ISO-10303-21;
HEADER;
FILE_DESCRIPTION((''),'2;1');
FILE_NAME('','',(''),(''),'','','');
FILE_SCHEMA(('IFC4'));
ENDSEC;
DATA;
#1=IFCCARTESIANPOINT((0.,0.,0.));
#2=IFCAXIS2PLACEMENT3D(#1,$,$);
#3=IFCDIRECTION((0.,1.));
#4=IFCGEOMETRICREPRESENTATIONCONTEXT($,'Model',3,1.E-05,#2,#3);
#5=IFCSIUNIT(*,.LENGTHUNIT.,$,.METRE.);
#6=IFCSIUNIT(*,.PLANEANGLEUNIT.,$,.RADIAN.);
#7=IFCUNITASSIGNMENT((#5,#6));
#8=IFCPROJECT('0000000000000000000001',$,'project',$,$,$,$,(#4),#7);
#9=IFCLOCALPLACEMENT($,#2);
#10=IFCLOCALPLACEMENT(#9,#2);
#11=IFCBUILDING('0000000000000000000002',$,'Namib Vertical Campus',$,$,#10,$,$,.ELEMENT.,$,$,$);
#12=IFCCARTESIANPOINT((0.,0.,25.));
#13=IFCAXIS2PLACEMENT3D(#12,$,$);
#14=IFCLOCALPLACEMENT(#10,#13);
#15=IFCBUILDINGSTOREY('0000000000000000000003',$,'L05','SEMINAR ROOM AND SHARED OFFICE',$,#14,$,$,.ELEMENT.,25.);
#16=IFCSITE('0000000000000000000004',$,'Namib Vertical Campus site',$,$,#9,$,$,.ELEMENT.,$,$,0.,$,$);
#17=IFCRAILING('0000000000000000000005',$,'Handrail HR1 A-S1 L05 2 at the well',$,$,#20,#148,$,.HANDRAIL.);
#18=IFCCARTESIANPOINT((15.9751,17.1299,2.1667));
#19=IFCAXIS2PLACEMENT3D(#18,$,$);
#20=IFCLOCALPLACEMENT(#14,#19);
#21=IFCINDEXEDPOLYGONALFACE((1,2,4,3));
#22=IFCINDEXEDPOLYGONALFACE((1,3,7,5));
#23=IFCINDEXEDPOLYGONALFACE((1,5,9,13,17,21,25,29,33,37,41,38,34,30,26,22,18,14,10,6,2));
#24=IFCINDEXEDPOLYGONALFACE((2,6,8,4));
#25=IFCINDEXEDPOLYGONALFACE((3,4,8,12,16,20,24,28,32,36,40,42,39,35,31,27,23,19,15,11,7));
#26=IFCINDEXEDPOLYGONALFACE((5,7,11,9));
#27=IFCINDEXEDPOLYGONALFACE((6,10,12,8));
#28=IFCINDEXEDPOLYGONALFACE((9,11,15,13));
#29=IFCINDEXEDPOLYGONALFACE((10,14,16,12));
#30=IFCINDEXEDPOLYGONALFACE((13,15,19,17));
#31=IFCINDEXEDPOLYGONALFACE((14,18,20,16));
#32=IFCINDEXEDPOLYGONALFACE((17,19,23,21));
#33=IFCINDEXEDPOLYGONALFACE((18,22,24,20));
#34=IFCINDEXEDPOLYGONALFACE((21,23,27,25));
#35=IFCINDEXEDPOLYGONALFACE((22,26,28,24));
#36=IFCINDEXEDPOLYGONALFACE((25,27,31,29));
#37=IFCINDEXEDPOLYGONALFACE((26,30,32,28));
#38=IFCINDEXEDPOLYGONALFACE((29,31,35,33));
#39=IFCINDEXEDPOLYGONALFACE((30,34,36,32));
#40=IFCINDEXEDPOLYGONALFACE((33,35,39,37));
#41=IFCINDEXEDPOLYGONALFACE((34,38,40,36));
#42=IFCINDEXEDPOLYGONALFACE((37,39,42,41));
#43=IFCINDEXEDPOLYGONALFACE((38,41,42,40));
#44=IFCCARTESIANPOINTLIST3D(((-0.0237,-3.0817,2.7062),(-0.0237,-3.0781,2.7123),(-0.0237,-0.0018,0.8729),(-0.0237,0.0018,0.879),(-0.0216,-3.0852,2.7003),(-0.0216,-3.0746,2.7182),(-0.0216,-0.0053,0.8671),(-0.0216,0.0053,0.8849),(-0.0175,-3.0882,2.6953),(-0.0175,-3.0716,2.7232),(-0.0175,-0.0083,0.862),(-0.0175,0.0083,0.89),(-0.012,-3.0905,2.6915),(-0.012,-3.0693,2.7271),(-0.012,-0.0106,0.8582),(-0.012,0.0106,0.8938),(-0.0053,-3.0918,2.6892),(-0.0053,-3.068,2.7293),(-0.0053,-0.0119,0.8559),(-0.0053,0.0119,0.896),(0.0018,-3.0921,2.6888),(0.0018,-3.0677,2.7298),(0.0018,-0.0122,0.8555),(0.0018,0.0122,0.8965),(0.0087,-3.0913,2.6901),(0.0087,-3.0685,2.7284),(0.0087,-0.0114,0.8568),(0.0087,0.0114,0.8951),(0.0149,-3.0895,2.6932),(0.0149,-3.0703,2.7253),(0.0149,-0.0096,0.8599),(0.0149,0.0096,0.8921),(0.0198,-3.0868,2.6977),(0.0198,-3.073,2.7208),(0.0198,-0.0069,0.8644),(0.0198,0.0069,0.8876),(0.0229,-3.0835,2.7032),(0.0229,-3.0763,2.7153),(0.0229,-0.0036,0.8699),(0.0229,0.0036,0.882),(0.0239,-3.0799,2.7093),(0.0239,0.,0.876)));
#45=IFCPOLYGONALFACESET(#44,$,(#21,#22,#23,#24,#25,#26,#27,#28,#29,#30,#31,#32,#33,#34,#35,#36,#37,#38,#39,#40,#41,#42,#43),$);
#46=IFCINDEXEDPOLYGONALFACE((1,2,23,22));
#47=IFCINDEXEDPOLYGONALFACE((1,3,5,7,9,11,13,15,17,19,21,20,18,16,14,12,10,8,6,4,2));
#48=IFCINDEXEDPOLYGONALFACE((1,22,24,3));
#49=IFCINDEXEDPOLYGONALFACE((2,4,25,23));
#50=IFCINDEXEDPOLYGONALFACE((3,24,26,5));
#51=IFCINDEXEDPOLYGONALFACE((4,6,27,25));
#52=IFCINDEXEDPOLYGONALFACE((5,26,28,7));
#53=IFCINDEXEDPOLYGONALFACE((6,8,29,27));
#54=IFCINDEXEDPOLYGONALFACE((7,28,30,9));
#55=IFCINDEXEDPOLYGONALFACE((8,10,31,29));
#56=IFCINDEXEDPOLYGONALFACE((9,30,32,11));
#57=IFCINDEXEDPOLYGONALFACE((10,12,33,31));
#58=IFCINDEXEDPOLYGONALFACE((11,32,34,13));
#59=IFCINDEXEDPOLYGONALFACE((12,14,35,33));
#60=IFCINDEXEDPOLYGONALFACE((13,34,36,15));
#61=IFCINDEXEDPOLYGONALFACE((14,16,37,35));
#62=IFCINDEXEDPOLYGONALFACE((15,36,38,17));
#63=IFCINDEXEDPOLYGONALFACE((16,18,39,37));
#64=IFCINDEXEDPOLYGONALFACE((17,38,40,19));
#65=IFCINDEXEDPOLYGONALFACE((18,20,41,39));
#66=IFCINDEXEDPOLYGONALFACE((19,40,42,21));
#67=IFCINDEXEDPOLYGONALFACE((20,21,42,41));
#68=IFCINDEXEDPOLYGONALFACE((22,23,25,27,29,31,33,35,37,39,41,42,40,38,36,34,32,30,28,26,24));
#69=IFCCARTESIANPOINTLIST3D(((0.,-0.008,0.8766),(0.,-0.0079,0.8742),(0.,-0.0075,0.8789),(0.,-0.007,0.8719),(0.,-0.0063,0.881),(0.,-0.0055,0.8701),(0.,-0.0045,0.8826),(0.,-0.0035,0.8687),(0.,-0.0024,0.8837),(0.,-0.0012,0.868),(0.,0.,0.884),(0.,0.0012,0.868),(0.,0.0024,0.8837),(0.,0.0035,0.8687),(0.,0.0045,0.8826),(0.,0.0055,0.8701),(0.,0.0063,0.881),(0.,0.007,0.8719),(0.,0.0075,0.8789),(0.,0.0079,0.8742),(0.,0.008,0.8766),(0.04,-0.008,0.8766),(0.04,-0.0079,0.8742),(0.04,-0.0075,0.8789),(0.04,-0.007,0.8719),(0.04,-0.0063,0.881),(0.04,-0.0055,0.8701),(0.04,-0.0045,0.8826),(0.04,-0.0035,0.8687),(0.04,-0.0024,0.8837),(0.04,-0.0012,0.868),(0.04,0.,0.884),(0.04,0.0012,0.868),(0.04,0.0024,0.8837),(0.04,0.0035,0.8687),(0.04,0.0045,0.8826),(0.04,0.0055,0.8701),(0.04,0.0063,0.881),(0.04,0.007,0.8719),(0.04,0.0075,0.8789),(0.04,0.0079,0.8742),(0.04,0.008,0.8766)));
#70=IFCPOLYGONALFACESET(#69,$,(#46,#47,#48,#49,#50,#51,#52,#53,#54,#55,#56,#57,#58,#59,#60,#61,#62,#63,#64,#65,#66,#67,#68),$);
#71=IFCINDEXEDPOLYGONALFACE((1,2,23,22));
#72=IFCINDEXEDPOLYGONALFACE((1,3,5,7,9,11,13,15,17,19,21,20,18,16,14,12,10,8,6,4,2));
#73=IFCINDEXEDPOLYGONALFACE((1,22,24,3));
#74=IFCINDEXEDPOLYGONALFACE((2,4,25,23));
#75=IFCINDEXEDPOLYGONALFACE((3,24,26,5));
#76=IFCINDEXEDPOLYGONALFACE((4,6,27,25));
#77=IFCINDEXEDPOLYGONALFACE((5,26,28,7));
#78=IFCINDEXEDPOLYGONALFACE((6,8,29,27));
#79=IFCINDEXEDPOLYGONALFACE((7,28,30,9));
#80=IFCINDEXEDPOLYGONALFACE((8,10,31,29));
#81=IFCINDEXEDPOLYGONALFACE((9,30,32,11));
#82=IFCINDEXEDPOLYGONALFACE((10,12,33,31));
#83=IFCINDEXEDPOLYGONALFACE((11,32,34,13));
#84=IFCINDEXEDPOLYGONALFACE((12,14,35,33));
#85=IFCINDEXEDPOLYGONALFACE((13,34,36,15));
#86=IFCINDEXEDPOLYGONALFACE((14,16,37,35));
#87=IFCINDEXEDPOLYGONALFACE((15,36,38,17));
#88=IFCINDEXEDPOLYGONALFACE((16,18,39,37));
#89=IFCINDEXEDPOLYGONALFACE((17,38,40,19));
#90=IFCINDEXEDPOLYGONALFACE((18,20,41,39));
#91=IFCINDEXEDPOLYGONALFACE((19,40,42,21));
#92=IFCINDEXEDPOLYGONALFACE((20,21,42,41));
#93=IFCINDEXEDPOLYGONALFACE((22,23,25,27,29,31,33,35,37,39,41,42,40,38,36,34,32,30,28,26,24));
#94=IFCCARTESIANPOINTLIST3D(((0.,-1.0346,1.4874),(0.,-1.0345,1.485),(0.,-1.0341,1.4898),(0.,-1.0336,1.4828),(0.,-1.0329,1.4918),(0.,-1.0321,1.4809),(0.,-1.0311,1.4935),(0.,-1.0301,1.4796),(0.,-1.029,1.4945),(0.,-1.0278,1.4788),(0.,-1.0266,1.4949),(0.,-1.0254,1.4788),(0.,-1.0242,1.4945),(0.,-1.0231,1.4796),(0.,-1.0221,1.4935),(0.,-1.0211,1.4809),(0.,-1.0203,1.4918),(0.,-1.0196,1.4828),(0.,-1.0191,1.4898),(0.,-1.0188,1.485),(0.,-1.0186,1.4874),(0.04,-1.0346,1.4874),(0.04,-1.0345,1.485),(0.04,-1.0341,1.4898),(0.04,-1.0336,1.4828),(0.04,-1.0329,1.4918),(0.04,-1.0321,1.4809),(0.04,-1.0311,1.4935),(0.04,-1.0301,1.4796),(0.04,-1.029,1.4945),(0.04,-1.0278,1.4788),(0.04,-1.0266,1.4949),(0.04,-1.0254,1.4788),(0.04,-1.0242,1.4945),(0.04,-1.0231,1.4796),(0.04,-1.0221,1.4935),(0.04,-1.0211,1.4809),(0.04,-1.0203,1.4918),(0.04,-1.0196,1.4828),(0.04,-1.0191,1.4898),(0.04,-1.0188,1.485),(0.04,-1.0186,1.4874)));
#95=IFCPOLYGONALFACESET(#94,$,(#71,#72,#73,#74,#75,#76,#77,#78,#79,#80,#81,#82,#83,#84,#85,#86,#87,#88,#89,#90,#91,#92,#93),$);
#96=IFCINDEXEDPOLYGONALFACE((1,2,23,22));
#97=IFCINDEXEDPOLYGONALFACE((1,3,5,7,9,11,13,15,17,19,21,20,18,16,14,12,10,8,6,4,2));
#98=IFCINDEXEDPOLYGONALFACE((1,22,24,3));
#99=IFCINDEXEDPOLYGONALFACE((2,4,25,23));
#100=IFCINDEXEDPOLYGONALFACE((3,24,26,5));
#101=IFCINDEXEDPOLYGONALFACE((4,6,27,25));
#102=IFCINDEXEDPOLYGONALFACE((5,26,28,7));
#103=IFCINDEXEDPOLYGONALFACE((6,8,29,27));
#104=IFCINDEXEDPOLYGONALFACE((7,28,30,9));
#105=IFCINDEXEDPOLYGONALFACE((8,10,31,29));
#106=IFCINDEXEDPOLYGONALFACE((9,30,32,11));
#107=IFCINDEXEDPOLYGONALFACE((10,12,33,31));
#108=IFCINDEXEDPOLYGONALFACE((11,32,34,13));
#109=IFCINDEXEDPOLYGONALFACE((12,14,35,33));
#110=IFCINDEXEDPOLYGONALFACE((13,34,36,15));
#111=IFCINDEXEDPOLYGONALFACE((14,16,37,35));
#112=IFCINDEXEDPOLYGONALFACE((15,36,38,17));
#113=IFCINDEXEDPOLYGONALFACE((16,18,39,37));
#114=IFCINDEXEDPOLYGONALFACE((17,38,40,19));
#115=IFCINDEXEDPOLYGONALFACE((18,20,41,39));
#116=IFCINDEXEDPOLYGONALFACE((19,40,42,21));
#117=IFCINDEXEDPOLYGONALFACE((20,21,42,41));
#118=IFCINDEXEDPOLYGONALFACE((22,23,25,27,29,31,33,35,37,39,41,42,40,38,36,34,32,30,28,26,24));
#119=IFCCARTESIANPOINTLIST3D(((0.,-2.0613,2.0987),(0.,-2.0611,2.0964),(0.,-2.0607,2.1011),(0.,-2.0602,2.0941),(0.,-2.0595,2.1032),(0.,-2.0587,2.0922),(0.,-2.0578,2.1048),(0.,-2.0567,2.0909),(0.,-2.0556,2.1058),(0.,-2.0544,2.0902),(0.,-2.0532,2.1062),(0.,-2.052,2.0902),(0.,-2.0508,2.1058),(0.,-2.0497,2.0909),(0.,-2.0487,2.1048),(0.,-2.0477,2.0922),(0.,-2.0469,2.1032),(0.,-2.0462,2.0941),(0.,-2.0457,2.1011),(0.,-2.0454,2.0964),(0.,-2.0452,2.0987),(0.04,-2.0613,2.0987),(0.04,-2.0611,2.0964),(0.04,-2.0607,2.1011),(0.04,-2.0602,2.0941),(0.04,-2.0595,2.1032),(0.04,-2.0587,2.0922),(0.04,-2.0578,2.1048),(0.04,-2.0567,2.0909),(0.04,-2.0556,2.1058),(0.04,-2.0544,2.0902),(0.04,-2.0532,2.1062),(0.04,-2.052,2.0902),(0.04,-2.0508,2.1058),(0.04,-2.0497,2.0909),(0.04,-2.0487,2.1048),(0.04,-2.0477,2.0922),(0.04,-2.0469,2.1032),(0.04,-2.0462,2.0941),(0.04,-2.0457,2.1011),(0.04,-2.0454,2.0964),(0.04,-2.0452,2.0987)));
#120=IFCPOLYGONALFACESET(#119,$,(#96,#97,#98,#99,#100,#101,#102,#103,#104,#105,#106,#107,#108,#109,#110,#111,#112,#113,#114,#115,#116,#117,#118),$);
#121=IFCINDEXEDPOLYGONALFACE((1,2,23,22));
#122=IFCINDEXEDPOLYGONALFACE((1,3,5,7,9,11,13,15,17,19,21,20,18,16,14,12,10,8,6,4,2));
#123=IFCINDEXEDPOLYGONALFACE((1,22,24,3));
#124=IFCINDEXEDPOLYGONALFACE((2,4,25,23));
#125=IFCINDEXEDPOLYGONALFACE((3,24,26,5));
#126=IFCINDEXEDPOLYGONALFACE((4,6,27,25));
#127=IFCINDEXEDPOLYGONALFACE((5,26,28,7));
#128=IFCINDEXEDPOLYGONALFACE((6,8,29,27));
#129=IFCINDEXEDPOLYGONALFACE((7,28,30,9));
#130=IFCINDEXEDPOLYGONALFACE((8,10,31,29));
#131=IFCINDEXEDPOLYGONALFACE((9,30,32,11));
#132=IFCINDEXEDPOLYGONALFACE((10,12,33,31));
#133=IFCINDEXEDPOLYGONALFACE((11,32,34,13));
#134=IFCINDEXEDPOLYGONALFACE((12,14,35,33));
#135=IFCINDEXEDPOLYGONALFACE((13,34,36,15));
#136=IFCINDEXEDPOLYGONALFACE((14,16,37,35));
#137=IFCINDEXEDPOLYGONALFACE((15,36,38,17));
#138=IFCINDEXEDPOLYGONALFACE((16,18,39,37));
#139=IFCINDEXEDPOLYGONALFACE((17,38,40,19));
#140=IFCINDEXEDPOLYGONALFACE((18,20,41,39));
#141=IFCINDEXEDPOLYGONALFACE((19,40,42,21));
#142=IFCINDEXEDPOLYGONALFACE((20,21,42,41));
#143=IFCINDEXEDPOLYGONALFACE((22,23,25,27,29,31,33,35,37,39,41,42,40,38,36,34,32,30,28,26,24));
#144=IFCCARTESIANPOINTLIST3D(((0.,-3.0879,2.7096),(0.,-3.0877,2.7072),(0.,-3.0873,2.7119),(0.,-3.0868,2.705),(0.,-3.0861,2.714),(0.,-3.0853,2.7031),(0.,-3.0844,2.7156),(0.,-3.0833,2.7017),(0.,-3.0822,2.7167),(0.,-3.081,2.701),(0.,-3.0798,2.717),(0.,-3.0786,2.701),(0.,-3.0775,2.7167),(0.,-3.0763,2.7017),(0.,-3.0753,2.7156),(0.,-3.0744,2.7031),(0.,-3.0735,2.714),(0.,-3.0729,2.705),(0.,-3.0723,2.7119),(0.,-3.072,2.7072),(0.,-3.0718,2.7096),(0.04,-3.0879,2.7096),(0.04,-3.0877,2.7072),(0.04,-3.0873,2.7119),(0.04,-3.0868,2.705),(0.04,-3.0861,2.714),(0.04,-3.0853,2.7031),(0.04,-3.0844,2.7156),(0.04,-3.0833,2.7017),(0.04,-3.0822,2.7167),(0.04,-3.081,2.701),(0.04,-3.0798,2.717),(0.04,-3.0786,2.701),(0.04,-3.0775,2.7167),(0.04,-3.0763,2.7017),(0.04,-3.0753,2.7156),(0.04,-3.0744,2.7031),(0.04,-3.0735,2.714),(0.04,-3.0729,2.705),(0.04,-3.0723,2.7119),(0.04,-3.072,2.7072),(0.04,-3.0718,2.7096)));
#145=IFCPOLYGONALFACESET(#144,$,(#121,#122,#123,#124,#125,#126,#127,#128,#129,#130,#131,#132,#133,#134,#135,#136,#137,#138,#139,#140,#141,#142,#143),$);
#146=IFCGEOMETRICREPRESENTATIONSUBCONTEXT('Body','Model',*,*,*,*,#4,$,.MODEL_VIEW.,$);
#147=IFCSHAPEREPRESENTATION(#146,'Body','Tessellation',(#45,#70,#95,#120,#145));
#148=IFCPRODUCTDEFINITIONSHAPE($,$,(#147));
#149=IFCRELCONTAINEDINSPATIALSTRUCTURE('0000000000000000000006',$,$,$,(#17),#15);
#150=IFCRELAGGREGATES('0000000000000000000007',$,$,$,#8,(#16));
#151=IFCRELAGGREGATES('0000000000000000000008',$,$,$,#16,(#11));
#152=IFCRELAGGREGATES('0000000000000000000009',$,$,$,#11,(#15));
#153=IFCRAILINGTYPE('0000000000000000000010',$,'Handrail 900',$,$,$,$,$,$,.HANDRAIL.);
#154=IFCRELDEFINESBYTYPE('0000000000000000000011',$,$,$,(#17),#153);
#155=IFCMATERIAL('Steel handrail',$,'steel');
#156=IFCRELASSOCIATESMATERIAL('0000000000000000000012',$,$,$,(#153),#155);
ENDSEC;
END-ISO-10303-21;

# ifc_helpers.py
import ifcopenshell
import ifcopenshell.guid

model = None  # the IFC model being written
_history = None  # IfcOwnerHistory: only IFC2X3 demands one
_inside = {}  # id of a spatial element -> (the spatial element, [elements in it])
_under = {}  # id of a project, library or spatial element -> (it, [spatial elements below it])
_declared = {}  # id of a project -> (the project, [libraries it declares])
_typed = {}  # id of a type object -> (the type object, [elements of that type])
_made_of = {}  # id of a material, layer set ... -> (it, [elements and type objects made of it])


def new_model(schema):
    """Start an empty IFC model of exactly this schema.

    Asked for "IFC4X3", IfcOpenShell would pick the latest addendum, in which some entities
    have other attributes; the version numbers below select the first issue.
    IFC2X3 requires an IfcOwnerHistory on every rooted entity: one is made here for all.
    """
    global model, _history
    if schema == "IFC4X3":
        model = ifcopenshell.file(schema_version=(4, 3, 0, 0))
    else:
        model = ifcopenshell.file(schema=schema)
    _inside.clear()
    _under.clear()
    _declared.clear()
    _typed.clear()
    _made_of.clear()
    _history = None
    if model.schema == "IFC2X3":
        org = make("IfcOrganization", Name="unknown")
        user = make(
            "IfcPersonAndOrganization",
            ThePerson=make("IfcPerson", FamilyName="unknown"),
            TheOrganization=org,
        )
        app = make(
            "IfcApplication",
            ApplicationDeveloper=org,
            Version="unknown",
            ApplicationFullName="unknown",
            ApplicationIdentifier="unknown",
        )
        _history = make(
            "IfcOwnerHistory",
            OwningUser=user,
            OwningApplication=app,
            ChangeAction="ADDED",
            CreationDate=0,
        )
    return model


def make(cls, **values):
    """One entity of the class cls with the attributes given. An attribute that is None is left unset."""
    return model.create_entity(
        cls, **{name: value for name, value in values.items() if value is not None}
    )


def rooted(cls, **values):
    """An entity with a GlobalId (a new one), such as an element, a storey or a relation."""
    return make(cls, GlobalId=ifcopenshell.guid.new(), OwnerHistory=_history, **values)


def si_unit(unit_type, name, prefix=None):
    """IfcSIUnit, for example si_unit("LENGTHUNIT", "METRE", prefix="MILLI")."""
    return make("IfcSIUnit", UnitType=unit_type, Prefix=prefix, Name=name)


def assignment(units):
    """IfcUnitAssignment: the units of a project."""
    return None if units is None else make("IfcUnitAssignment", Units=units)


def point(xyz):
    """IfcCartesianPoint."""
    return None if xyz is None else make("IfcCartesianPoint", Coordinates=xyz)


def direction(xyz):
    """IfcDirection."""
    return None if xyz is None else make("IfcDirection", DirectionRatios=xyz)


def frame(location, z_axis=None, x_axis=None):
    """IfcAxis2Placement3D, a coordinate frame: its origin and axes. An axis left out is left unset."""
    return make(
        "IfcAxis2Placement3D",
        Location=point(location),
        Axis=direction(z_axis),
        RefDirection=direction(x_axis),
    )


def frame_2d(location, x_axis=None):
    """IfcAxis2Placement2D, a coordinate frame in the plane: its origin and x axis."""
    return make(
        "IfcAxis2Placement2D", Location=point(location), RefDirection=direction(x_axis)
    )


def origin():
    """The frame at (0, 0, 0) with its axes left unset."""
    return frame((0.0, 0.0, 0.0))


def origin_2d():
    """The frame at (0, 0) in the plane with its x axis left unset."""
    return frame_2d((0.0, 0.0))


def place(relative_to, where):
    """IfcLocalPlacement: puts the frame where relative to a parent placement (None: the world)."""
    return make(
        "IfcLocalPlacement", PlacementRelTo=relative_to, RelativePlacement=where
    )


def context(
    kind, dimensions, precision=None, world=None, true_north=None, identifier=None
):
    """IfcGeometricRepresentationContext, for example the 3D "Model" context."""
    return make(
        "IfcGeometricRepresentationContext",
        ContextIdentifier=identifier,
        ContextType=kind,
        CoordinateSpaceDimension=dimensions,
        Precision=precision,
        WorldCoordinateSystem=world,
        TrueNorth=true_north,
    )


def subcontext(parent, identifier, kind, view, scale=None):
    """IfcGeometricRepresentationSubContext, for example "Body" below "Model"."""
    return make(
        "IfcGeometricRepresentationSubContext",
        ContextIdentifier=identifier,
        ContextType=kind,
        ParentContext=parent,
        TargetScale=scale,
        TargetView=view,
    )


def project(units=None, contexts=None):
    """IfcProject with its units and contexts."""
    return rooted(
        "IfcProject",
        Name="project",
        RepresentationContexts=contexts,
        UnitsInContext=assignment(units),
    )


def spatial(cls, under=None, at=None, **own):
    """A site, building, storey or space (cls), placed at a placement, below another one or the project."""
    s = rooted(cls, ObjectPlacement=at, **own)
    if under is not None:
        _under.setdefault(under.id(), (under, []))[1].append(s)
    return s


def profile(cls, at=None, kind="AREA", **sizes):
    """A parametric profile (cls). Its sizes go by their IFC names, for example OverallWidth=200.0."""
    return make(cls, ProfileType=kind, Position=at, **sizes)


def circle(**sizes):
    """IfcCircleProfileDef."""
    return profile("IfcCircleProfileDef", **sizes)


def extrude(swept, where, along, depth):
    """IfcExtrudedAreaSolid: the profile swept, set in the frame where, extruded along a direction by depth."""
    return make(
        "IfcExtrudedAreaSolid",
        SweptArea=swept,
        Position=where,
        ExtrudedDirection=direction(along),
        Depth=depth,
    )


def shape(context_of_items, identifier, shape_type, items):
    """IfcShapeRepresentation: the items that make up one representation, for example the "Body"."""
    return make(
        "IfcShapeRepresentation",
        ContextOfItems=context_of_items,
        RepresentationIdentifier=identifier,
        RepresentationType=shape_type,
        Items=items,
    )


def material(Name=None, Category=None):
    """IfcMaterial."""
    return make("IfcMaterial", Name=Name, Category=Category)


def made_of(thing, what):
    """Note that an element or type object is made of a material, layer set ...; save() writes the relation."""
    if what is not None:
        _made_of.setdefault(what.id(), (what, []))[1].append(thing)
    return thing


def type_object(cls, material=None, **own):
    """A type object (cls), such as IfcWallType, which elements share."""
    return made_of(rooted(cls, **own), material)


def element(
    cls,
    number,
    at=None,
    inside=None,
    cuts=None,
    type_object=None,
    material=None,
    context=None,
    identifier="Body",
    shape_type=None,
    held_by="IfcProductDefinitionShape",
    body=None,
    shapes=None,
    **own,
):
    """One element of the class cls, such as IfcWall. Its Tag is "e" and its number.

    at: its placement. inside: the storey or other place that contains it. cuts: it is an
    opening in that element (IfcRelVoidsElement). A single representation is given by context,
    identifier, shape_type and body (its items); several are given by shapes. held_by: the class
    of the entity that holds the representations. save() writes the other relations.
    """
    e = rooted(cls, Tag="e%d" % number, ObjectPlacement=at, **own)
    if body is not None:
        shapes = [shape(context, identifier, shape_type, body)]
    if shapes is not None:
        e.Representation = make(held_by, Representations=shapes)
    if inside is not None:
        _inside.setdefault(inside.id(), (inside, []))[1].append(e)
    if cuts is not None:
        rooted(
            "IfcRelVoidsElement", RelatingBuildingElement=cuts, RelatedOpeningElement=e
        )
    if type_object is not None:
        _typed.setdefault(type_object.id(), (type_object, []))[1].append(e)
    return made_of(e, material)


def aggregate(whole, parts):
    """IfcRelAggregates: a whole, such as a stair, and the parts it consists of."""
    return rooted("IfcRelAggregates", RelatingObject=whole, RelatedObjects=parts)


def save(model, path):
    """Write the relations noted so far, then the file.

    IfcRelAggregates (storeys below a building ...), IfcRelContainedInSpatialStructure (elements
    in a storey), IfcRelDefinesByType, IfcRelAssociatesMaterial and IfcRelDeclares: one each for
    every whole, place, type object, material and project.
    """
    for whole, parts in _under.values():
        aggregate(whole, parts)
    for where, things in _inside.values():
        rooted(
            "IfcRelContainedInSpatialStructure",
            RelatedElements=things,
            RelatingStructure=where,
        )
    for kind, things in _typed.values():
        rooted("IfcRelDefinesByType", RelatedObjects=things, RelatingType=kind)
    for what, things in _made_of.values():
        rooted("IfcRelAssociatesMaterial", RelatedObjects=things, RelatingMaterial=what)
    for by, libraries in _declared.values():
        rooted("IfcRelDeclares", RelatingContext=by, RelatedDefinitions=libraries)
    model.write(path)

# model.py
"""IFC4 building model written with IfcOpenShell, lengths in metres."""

from ifc_helpers import new_model, si_unit, direction, frame, origin, origin_2d, place, context, subcontext, project, spatial, circle, extrude, material, type_object, element, save


model = new_model("IFC4")

# Units and contexts
model_context = context("Model", 3, precision=1e-05, world=origin(), true_north=direction((0.0, 1.0)))
body_context = subcontext(model_context, "Body", "Model", "MODEL_VIEW")
ifc_project = project(units=[si_unit("LENGTHUNIT", "METRE"), si_unit("PLANEANGLEUNIT", "RADIAN")], contexts=[model_context])

# Site, building, storey
site_placement = place(None, origin())
site = spatial("IfcSite", under=ifc_project, at=site_placement, Name="Namib Vertical Campus site", CompositionType="ELEMENT", RefElevation=0.0)
building_placement = place(site_placement, origin())
building = spatial("IfcBuilding", under=site, at=building_placement, Name="Namib Vertical Campus", CompositionType="ELEMENT")
storey_placement = place(building_placement, frame((0.0, 0.0, 25.0)))
storey = spatial("IfcBuildingStorey", under=building, at=storey_placement, Name="L05", Description="SEMINAR ROOM AND SHARED OFFICE", CompositionType="ELEMENT", Elevation=25.0)

# Railing
ifc_material_1 = material(Name="Steel handrail", Category="steel")
railing_type_1 = type_object("IfcRailingType", Name="Handrail 900", PredefinedType="HANDRAIL", material=ifc_material_1)
railing_1_placement = place(storey_placement, frame((15.9751, 17.1299, 2.1667)))
element("IfcRailing", 1, at=railing_1_placement, inside=storey, type_object=railing_type_1, Name="Handrail HR1 A-S1 L05 2 at the well", PredefinedType="HANDRAIL", context=body_context, shape_type="SweptSolid", body=[
    extrude(circle(Radius=0.0239, at=origin_2d()), frame((0.0, 0.0, 0.876), z_axis=(0.0, -0.859291, 0.511487), x_axis=(1.0, 0.0, 0.0)), (0.0, 0.0, 1.0), 3.5842),
    extrude(circle(Radius=0.0081, at=origin_2d()), frame((0.0, 0.0, 0.876), z_axis=(1.0, 0.0, 0.0), x_axis=(0.0, 0.0, 1.0)), (0.0, 0.0, 1.0), 0.04),
    extrude(circle(Radius=0.0081, at=origin_2d()), frame((0.0, -1.0266, 1.4868), z_axis=(1.0, 0.0, 0.0), x_axis=(0.0, 0.0, 1.0)), (0.0, 0.0, 1.0), 0.04),
    extrude(circle(Radius=0.0081, at=origin_2d()), frame((0.0, -2.0532, 2.0981), z_axis=(1.0, 0.0, 0.0), x_axis=(0.0, 0.0, 1.0)), (0.0, 0.0, 1.0), 0.04),
    extrude(circle(Radius=0.0081, at=origin_2d()), frame((0.0, -3.0798, 2.709), z_axis=(1.0, 0.0, 0.0), x_axis=(0.0, 0.0, 1.0)), (0.0, 0.0, 1.0), 0.04),
])

save(model, "model.ifc")
